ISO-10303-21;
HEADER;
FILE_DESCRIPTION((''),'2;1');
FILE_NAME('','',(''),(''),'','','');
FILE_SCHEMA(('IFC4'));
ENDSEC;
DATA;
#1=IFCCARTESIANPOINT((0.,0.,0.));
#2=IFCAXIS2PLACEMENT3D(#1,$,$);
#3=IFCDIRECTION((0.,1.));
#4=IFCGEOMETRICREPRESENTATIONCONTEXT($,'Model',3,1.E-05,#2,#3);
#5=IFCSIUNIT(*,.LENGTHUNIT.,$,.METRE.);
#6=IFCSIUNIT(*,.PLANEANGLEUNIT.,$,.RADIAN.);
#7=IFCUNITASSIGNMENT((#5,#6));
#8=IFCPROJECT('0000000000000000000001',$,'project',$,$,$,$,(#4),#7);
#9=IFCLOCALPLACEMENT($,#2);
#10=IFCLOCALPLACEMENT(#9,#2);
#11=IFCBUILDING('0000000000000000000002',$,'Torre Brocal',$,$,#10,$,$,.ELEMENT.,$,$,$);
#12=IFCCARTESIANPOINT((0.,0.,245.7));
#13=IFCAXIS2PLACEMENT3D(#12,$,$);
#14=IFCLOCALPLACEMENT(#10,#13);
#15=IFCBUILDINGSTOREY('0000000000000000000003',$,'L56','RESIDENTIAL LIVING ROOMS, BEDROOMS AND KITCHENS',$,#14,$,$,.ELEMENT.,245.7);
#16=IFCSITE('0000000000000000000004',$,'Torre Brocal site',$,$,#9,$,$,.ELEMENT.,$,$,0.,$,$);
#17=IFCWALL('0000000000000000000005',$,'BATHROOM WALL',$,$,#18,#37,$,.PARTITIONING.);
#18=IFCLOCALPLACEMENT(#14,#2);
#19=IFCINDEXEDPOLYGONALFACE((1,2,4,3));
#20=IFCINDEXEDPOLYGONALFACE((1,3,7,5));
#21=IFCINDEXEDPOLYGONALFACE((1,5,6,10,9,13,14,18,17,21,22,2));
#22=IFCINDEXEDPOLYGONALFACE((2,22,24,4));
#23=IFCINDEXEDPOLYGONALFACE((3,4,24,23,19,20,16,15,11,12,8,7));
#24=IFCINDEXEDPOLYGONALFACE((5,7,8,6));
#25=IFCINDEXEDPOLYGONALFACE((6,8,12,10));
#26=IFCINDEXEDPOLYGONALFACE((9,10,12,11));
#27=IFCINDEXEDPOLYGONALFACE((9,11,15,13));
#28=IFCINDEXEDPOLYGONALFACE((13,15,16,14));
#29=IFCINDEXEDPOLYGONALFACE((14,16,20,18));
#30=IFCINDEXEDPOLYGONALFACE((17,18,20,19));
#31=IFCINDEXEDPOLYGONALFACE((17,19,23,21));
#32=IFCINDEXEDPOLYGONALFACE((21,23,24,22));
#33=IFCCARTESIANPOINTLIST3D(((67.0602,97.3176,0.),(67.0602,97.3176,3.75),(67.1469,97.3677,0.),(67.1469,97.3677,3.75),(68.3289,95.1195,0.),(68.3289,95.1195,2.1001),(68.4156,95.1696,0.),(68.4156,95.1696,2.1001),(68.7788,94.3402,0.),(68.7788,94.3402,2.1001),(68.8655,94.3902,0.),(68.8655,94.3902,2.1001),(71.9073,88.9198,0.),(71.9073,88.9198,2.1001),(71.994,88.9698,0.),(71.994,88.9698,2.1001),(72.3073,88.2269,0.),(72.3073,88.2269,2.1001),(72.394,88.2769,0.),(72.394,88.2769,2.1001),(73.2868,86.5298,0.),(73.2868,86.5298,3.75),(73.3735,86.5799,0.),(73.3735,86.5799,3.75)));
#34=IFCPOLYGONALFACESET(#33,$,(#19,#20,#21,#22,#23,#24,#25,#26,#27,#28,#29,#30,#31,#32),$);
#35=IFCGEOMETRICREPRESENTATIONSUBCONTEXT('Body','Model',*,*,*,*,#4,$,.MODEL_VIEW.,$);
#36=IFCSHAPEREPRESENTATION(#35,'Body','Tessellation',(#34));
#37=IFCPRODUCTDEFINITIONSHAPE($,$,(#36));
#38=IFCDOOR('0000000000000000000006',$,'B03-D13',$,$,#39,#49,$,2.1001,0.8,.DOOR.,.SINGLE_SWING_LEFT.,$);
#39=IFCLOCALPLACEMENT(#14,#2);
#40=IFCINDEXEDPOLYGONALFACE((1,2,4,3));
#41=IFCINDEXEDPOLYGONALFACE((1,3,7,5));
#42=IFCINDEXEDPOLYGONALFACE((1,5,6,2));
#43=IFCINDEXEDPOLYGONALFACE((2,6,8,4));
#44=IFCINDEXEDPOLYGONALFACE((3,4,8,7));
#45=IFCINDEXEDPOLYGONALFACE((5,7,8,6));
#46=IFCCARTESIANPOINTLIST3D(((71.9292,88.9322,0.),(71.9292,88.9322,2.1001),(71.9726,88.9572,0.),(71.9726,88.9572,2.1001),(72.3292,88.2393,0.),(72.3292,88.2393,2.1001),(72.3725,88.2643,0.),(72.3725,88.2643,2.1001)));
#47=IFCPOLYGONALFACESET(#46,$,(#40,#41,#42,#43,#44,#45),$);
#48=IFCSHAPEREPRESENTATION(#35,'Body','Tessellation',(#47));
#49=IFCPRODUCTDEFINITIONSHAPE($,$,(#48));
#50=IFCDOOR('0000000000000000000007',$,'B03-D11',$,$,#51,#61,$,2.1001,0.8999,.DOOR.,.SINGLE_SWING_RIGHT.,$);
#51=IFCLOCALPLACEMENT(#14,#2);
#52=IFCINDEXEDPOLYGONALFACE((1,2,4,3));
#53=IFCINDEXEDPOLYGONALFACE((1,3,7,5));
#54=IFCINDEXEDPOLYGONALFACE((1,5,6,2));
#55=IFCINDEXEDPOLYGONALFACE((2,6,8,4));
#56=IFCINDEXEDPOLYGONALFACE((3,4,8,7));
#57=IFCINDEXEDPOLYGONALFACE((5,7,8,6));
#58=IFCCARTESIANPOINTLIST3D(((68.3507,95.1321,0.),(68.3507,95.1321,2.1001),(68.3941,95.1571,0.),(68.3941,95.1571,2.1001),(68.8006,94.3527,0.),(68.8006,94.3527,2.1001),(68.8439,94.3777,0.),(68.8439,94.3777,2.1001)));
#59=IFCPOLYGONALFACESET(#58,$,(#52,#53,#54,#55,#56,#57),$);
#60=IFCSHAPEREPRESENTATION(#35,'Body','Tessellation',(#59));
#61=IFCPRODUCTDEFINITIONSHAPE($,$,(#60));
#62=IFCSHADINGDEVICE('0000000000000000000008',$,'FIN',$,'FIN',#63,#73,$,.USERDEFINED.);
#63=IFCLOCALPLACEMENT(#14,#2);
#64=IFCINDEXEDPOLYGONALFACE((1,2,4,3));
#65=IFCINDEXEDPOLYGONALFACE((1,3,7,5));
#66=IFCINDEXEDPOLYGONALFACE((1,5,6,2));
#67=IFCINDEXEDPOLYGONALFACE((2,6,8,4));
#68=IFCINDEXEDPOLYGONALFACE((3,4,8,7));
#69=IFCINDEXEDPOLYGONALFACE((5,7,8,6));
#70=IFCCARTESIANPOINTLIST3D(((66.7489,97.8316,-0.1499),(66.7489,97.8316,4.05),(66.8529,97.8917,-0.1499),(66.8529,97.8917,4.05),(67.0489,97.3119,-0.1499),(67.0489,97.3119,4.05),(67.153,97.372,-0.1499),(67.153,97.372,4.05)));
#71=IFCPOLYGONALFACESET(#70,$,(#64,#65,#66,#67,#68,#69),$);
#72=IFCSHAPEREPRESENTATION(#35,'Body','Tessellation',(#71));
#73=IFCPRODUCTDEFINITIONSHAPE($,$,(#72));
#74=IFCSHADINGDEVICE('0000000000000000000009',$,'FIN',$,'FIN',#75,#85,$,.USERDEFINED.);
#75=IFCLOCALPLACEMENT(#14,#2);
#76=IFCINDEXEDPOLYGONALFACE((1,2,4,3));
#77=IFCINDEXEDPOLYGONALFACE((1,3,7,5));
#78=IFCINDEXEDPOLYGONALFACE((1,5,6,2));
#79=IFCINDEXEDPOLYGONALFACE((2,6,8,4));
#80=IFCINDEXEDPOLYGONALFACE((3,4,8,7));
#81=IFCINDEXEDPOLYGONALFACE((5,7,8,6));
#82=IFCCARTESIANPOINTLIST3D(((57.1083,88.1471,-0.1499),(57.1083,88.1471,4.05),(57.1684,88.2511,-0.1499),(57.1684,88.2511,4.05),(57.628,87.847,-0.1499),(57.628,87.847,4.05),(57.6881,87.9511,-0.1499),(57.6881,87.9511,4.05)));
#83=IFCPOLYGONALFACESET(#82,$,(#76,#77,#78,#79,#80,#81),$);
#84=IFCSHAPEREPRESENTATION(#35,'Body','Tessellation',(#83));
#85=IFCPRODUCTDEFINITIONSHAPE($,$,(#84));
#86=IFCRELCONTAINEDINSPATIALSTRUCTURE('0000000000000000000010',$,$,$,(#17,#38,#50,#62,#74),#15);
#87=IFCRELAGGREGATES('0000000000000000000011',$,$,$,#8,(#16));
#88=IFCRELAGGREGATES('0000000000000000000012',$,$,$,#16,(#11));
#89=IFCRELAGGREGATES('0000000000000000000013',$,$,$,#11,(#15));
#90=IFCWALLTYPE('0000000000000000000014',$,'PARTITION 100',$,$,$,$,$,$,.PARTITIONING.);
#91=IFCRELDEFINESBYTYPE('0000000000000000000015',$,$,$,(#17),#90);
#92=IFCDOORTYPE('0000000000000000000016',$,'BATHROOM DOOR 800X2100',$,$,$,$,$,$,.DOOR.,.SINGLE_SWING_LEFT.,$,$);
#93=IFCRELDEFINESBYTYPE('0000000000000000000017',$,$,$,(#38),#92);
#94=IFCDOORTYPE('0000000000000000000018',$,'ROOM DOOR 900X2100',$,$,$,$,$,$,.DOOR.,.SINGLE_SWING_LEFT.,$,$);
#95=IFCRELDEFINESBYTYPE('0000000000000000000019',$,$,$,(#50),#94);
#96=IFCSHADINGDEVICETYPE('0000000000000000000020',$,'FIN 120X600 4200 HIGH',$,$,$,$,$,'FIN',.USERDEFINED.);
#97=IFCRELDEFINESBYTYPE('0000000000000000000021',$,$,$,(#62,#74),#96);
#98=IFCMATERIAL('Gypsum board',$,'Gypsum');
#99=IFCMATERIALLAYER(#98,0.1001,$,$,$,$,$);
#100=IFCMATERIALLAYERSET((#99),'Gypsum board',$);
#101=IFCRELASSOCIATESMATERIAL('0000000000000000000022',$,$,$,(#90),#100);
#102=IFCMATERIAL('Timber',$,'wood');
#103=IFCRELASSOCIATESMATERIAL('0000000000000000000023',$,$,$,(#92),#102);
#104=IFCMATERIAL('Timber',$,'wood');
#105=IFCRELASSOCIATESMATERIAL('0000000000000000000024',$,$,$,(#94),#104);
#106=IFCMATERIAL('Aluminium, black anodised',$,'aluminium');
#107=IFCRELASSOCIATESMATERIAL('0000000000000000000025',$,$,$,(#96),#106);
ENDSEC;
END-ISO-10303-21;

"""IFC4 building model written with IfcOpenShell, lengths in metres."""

from ifc_helpers import new_model, si_unit, direction, frame, frame_2d, origin, origin_2d, place, context, subcontext, project, spatial, rectangle, extrude, material, layer, layer_set, material_profile, profile_set, type_object, element, fill, save


model = new_model("IFC4")

# Units and contexts
model_context = context("Model", 3, precision=1e-05, world=origin(), true_north=direction((0.0, 1.0)))
body_context = subcontext(model_context, "Body", "Model", "MODEL_VIEW")
ifc_project = project(units=[si_unit("LENGTHUNIT", "METRE"), si_unit("PLANEANGLEUNIT", "RADIAN")], contexts=[model_context])

# Site, building, storey
site_placement = place(None, origin())
site = spatial("IfcSite", under=ifc_project, at=site_placement, Name="Torre Brocal site", CompositionType="ELEMENT", RefElevation=0.0)
building_placement = place(site_placement, origin())
building = spatial("IfcBuilding", under=site, at=building_placement, Name="Torre Brocal", CompositionType="ELEMENT")
storey_placement = place(building_placement, frame((0.0, 0.0, 245.7)))
storey = spatial("IfcBuildingStorey", under=building, at=storey_placement, Name="L56", Description="RESIDENTIAL LIVING ROOMS, BEDROOMS AND KITCHENS", CompositionType="ELEMENT", Elevation=245.7)

# Shared definitions
ifc_material_1 = material(Name="Gypsum board", Category="Gypsum")
ifc_layer_1 = layer(ifc_material_1, 0.1001)
ifc_layer_set_1 = layer_set([ifc_layer_1], Name="Gypsum board")
wall_type_1 = type_object("IfcWallType", Name="PARTITION 100", PredefinedType="PARTITIONING", material=ifc_layer_set_1)
ifc_material_2 = material(Name="Timber", Category="wood")
door_type_1 = type_object("IfcDoorType", Name="BATHROOM DOOR 800X2100", OperationType="SINGLE_SWING_LEFT", PredefinedType="DOOR", material=ifc_material_2)

# Shared definitions
ifc_material_3 = material(Name="Timber", Category="wood")
door_type_2 = type_object("IfcDoorType", Name="ROOM DOOR 900X2100", OperationType="SINGLE_SWING_LEFT", PredefinedType="DOOR", material=ifc_material_3)

# Wall, openings, doors
wall_1_placement = place(storey_placement, frame((67.1035, 97.3428, 0.0), z_axis=(0.0, 0.0, 1.0), x_axis=(0.499892, -0.866088, 0.0)))
wall_1 = element("IfcWall", 1, at=wall_1_placement, inside=storey, type_object=wall_type_1, Name="BATHROOM WALL", PredefinedType="PARTITIONING", context=body_context, shape_type="SweptSolid", body=[
    extrude(rectangle(XDim=12.4558, YDim=0.1001, at=frame_2d((6.228, 0.0))), origin(), (0.0, 0.0, 1.0), 3.75),
])
opening_1_placement = place(wall_1_placement, frame((2.5381, 0.0, 0.0)))
opening_1 = element("IfcOpeningElement", 2, at=opening_1_placement, cuts=wall_1, PredefinedType="OPENING", context=body_context, shape_type="SweptSolid", body=[
    extrude(rectangle(XDim=0.8999, YDim=2.1001, at=frame_2d((0.45, 1.05))), frame((0.0, 0.0601, 0.0), z_axis=(0.0, -1.0, 0.0), x_axis=(1.0, 0.0, 0.0)), (0.0, 0.0, 1.0), 0.1201),
])
opening_2_placement = place(wall_1_placement, frame((9.6965, 0.0, 0.0)))
opening_2 = element("IfcOpeningElement", 3, at=opening_2_placement, cuts=wall_1, PredefinedType="OPENING", context=body_context, shape_type="SweptSolid", body=[
    extrude(rectangle(XDim=0.8, YDim=2.1001, at=frame_2d((0.3999, 1.05))), frame((0.0, 0.0601, 0.0), z_axis=(0.0, -1.0, 0.0), x_axis=(1.0, 0.0, 0.0)), (0.0, 0.0, 1.0), 0.1201),
])
door_1_placement = place(opening_2_placement, frame((0.8, 0.0, 0.0), z_axis=(0.0, 0.0, 1.0), x_axis=(-1.0, 0.0, 0.0)))
door_1 = element("IfcDoor", 4, at=door_1_placement, inside=storey, type_object=door_type_1, Name="B03-D13", OperationType="SINGLE_SWING_LEFT", OverallHeight=2.1001, OverallWidth=0.8, PredefinedType="DOOR", context=body_context, shape_type="SweptSolid", body=[
    extrude(rectangle(XDim=0.8, YDim=2.1001, at=frame_2d((0.3999, 1.05))), frame((0.0, 0.0249, 0.0), z_axis=(0.0, -1.0, 0.0), x_axis=(1.0, 0.0, 0.0)), (0.0, 0.0, 1.0), 0.05),
])
fill(opening_2, door_1)
door_2_placement = place(opening_1_placement, frame((0.8999, 0.0, 0.0), z_axis=(0.0, 0.0, 1.0), x_axis=(-1.0, 0.0, 0.0)))
door_2 = element("IfcDoor", 5, at=door_2_placement, inside=storey, type_object=door_type_2, Name="B03-D11", OperationType="SINGLE_SWING_RIGHT", OverallHeight=2.1001, OverallWidth=0.8999, PredefinedType="DOOR", context=body_context, shape_type="SweptSolid", body=[
    extrude(rectangle(XDim=0.8999, YDim=2.1001, at=frame_2d((0.45, 1.05))), frame((0.0, 0.0249, 0.0), z_axis=(0.0, -1.0, 0.0), x_axis=(1.0, 0.0, 0.0)), (0.0, 0.0, 1.0), 0.05),
])
fill(opening_1, door_2)

# Shading devices
ifc_material_4 = material(Name="Aluminium, black anodised", Category="aluminium")
ifc_material_profile_1 = material_profile(ifc_material_4, rectangle(XDim=0.1201, YDim=0.6001, at=origin_2d()), Name="FIN 120X600 4200 HIGH")
ifc_profile_set_1 = profile_set([ifc_material_profile_1], Name="Aluminium, black anodised")
shading_device_type = type_object("IfcShadingDeviceType", Name="FIN 120X600 4200 HIGH", ElementType="FIN", PredefinedType="USERDEFINED", material=ifc_profile_set_1)
for number, where, z_axis, x_axis, name in (
    (6, (66.9509, 97.6018, -0.1499), (0.0, 0.0, 1.0), (-0.866025, -0.5, 0.0), "FIN"),
    (7, (57.3982, 88.0491, -0.1499), (0.0, 0.0, 1.0), (-0.5, -0.866025, 0.0), "FIN"),
):
    element("IfcShadingDevice", number, at=place(storey_placement, frame(where, z_axis=z_axis, x_axis=x_axis)), inside=storey, type_object=shading_device_type, Name=name, ObjectType="FIN", PredefinedType="USERDEFINED", context=body_context, shape_type="SweptSolid", body=[
        extrude(rectangle(XDim=0.1201, YDim=0.6001, at=origin_2d()), origin(), (0.0, 0.0, 1.0), 4.2),
    ])

save(model, "model.ifc")
